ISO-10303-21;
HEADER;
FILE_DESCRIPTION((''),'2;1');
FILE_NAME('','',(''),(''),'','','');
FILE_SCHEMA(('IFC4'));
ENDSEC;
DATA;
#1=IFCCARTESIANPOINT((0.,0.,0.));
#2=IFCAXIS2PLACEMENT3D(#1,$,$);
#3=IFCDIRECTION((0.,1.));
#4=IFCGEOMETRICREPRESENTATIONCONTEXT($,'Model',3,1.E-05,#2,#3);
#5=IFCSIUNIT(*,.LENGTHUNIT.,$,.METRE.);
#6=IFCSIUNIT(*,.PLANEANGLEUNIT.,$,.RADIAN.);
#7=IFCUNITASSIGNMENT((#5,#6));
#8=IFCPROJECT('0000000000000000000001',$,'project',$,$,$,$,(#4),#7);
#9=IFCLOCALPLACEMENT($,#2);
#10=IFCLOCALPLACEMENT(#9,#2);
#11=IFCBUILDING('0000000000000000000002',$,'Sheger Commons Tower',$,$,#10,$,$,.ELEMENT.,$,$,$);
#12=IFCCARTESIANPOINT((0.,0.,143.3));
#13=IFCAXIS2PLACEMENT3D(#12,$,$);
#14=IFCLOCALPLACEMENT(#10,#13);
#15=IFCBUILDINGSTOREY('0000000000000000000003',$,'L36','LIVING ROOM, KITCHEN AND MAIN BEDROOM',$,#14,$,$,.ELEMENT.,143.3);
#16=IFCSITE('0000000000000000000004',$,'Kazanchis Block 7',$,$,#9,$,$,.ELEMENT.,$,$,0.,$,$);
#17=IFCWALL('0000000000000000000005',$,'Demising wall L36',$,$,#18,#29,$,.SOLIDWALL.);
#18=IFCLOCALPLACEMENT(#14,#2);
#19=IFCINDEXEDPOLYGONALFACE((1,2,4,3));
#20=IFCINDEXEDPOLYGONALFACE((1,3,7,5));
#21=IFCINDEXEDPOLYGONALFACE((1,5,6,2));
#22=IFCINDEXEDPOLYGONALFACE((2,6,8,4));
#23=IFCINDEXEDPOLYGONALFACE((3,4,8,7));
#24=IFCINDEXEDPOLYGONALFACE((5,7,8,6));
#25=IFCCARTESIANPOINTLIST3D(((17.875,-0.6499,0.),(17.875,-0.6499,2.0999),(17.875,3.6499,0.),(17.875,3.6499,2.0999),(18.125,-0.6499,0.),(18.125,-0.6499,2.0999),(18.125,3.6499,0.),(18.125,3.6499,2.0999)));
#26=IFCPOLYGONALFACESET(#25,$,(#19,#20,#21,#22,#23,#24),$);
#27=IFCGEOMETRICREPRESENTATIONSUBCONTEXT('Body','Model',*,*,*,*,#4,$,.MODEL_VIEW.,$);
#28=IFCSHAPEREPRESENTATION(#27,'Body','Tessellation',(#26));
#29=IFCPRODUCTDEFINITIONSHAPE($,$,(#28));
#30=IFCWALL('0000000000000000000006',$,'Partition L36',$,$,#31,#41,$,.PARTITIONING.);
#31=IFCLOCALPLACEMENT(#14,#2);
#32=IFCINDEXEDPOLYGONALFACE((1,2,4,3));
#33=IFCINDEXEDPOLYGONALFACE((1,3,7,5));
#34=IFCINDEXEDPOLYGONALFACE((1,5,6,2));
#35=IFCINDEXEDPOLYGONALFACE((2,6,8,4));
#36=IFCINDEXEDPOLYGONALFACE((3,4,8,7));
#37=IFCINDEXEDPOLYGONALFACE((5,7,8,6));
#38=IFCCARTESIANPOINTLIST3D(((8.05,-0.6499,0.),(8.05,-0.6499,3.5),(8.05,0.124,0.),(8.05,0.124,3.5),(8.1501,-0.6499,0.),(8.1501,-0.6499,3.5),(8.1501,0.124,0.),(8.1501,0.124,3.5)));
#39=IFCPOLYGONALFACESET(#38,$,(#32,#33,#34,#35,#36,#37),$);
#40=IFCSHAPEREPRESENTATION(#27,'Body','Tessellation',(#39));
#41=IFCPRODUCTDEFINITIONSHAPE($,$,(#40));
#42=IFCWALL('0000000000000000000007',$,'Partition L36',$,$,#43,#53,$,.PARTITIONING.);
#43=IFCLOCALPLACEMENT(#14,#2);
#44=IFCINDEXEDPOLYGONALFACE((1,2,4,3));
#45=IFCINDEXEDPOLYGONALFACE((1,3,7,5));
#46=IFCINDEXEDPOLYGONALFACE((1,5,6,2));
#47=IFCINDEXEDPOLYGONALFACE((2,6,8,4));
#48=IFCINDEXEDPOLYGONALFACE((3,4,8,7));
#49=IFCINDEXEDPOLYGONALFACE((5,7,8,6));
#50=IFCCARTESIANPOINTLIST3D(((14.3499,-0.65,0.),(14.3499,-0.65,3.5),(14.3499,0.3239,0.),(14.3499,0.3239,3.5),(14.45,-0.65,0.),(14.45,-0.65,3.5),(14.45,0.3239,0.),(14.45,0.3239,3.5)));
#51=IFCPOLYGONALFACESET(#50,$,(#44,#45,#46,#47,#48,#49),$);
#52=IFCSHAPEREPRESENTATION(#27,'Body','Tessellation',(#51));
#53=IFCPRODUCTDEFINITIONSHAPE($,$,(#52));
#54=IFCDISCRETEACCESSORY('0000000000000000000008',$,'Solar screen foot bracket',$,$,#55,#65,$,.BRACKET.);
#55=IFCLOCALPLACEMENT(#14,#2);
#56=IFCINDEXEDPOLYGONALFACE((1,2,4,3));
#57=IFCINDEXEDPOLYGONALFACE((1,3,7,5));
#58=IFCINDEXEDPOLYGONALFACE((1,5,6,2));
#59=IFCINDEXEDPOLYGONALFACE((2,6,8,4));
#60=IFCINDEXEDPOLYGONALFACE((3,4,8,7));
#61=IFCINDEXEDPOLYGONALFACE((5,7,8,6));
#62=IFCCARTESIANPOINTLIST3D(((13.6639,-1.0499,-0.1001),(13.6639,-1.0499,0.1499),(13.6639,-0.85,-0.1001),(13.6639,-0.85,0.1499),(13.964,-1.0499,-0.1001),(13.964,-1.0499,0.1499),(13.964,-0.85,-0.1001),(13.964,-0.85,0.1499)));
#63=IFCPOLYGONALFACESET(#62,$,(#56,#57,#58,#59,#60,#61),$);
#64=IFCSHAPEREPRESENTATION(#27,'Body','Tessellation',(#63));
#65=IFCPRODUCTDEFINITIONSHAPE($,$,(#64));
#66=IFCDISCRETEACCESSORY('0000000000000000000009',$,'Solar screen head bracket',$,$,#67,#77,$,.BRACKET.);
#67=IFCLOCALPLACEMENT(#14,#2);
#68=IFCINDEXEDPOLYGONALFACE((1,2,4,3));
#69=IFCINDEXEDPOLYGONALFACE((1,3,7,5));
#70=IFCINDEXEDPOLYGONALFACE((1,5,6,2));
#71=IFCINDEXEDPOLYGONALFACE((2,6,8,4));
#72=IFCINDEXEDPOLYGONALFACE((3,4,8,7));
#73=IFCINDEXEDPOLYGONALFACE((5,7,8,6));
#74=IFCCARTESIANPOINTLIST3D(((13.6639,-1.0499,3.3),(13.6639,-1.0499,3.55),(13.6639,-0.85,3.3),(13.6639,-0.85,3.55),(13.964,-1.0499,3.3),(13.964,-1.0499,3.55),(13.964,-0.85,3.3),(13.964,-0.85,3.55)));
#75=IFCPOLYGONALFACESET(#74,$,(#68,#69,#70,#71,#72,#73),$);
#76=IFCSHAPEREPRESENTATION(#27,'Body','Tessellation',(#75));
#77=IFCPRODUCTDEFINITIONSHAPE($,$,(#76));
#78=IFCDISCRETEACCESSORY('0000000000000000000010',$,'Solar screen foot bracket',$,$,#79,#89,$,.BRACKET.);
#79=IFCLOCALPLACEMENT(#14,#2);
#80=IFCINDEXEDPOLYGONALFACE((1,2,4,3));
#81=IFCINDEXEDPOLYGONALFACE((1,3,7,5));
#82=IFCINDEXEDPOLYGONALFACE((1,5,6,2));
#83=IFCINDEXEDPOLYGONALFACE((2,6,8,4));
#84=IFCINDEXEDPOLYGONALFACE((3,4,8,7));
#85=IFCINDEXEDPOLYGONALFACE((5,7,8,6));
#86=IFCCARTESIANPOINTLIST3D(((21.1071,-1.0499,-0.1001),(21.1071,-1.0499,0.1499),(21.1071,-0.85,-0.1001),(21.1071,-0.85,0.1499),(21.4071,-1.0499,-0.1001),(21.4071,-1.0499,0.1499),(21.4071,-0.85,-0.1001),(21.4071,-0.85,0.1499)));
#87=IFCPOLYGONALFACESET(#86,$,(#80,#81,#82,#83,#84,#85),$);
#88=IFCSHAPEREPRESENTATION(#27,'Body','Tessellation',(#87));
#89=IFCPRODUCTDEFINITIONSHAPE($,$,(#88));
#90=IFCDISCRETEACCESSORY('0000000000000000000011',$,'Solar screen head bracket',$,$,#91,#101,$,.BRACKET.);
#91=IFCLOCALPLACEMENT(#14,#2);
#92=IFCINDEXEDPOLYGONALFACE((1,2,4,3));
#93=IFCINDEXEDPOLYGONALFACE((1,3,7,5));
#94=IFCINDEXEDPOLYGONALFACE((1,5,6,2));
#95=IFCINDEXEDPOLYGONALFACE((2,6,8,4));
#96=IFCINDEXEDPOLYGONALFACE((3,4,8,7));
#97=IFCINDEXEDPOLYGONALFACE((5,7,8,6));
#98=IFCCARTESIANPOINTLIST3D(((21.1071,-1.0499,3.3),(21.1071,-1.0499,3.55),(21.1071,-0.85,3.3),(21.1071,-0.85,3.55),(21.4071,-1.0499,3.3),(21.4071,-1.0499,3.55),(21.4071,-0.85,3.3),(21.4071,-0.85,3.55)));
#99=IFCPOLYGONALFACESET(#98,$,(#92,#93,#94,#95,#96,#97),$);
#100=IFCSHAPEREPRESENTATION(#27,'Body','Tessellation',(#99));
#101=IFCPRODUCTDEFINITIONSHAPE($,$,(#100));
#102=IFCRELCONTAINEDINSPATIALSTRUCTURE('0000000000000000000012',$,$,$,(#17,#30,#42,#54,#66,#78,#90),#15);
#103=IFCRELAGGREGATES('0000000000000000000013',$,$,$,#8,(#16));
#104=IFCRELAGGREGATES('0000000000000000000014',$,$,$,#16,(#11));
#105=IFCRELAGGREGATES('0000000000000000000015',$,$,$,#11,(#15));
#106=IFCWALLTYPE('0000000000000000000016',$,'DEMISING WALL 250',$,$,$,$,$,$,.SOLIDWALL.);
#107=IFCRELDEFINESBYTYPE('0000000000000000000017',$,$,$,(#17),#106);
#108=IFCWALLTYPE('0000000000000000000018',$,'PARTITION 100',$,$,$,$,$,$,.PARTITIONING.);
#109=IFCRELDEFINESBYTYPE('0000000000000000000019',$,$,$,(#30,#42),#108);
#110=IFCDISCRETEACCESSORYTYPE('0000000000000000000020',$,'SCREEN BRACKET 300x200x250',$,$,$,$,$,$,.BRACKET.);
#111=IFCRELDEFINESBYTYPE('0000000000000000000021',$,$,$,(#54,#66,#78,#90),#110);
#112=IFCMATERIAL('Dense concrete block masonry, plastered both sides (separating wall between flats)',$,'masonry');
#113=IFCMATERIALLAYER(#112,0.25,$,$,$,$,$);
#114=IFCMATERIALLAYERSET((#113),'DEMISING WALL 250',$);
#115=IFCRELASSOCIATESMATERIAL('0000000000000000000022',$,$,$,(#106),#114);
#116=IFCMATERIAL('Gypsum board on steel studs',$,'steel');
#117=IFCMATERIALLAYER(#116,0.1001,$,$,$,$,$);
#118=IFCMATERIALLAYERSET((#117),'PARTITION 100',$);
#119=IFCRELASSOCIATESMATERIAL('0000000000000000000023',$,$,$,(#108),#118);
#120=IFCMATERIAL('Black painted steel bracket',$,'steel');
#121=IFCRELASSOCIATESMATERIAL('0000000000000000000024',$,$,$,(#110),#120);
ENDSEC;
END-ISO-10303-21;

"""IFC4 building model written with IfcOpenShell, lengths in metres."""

from ifc_helpers import new_model, si_unit, direction, frame, frame_2d, origin, origin_2d, place, context, subcontext, project, spatial, rectangle, extrude, material, layer, layer_set, type_object, element, save


model = new_model("IFC4")

# Units and contexts
model_context = context("Model", 3, precision=1e-05, world=origin(), true_north=direction((0.0, 1.0)))
body_context = subcontext(model_context, "Body", "Model", "MODEL_VIEW")
ifc_project = project(units=[si_unit("LENGTHUNIT", "METRE"), si_unit("PLANEANGLEUNIT", "RADIAN")], contexts=[model_context])

# Site, building, storey
site_placement = place(None, origin())
site = spatial("IfcSite", under=ifc_project, at=site_placement, Name="Kazanchis Block 7", CompositionType="ELEMENT", RefElevation=0.0)
building_placement = place(site_placement, origin())
building = spatial("IfcBuilding", under=site, at=building_placement, Name="Sheger Commons Tower", CompositionType="ELEMENT")
storey_placement = place(building_placement, frame((0.0, 0.0, 143.3)))
storey = spatial("IfcBuildingStorey", under=building, at=storey_placement, Name="L36", Description="LIVING ROOM, KITCHEN AND MAIN BEDROOM", CompositionType="ELEMENT", Elevation=143.3)

# Walls
ifc_material_1 = material(Name="Dense concrete block masonry, plastered both sides (separating wall between flats)", Category="masonry")
ifc_layer_1 = layer(ifc_material_1, 0.25)
ifc_layer_set_1 = layer_set([ifc_layer_1], Name="DEMISING WALL 250")
wall_type_1 = type_object("IfcWallType", Name="DEMISING WALL 250", PredefinedType="SOLIDWALL", material=ifc_layer_set_1)
wall_1_placement = place(storey_placement, frame((18.0, -0.6499, 0.0), z_axis=(0.0, 0.0, 1.0), x_axis=(0.0, 1.0, 0.0)))
element("IfcWall", 1, at=wall_1_placement, inside=storey, type_object=wall_type_1, Name="Demising wall L36", PredefinedType="SOLIDWALL", context=body_context, shape_type="SweptSolid", body=[
    extrude(rectangle(XDim=4.2998, YDim=0.25, at=frame_2d((2.1499, 0.0))), origin(), (0.0, 0.0, 1.0), 2.0999),
])
ifc_material_2 = material(Name="Gypsum board on steel studs", Category="steel")
ifc_layer_2 = layer(ifc_material_2, 0.1001)
ifc_layer_set_2 = layer_set([ifc_layer_2], Name="PARTITION 100")
wall_type_2 = type_object("IfcWallType", Name="PARTITION 100", PredefinedType="PARTITIONING", material=ifc_layer_set_2)
wall_2_placement = place(storey_placement, frame((8.1001, 0.124, 0.0), z_axis=(0.0, 0.0, 1.0), x_axis=(0.0, -1.0, 0.0)))
element("IfcWall", 2, at=wall_2_placement, inside=storey, type_object=wall_type_2, Name="Partition L36", PredefinedType="PARTITIONING", context=body_context, shape_type="SweptSolid", body=[
    extrude(rectangle(XDim=0.7739, YDim=0.1001, at=frame_2d((0.387, 0.0))), origin(), (0.0, 0.0, 1.0), 3.5),
])
wall_3_placement = place(storey_placement, frame((14.3999, -0.6499, 0.0), z_axis=(0.0, 0.0, 1.0), x_axis=(0.0, 1.0, 0.0)))
element("IfcWall", 3, at=wall_3_placement, inside=storey, type_object=wall_type_2, Name="Partition L36", PredefinedType="PARTITIONING", context=body_context, shape_type="SweptSolid", body=[
    extrude(rectangle(XDim=0.9739, YDim=0.1001, at=frame_2d((0.4868, 0.0))), origin(), (0.0, 0.0, 1.0), 3.5),
])

# Discrete accessories
ifc_material_3 = material(Name="Black painted steel bracket", Category="steel")
discrete_accessory_type = type_object("IfcDiscreteAccessoryType", Name="SCREEN BRACKET 300x200x250", PredefinedType="BRACKET", material=ifc_material_3)
for number, where, z_axis, x_axis, name in (
    (4, (13.814, -0.95, -0.1001), (0.0, 0.0, 1.0), (1.0, 0.0, 0.0), "Solar screen foot bracket"),
    (5, (13.814, -0.95, 3.3), (0.0, 0.0, 1.0), (1.0, 0.0, 0.0), "Solar screen head bracket"),
    (6, (21.2571, -0.95, -0.1001), (0.0, 0.0, 1.0), (1.0, 0.0, 0.0), "Solar screen foot bracket"),
    (7, (21.2571, -0.95, 3.3), (0.0, 0.0, 1.0), (1.0, 0.0, 0.0), "Solar screen head bracket"),
):
    element("IfcDiscreteAccessory", number, at=place(storey_placement, frame(where, z_axis=z_axis, x_axis=x_axis)), inside=storey, type_object=discrete_accessory_type, Name=name, PredefinedType="BRACKET", context=body_context, shape_type="SweptSolid", body=[
        extrude(rectangle(XDim=0.3, YDim=0.2, at=origin_2d()), origin(), (0.0, 0.0, 1.0), 0.25),
    ])

save(model, "model.ifc")
